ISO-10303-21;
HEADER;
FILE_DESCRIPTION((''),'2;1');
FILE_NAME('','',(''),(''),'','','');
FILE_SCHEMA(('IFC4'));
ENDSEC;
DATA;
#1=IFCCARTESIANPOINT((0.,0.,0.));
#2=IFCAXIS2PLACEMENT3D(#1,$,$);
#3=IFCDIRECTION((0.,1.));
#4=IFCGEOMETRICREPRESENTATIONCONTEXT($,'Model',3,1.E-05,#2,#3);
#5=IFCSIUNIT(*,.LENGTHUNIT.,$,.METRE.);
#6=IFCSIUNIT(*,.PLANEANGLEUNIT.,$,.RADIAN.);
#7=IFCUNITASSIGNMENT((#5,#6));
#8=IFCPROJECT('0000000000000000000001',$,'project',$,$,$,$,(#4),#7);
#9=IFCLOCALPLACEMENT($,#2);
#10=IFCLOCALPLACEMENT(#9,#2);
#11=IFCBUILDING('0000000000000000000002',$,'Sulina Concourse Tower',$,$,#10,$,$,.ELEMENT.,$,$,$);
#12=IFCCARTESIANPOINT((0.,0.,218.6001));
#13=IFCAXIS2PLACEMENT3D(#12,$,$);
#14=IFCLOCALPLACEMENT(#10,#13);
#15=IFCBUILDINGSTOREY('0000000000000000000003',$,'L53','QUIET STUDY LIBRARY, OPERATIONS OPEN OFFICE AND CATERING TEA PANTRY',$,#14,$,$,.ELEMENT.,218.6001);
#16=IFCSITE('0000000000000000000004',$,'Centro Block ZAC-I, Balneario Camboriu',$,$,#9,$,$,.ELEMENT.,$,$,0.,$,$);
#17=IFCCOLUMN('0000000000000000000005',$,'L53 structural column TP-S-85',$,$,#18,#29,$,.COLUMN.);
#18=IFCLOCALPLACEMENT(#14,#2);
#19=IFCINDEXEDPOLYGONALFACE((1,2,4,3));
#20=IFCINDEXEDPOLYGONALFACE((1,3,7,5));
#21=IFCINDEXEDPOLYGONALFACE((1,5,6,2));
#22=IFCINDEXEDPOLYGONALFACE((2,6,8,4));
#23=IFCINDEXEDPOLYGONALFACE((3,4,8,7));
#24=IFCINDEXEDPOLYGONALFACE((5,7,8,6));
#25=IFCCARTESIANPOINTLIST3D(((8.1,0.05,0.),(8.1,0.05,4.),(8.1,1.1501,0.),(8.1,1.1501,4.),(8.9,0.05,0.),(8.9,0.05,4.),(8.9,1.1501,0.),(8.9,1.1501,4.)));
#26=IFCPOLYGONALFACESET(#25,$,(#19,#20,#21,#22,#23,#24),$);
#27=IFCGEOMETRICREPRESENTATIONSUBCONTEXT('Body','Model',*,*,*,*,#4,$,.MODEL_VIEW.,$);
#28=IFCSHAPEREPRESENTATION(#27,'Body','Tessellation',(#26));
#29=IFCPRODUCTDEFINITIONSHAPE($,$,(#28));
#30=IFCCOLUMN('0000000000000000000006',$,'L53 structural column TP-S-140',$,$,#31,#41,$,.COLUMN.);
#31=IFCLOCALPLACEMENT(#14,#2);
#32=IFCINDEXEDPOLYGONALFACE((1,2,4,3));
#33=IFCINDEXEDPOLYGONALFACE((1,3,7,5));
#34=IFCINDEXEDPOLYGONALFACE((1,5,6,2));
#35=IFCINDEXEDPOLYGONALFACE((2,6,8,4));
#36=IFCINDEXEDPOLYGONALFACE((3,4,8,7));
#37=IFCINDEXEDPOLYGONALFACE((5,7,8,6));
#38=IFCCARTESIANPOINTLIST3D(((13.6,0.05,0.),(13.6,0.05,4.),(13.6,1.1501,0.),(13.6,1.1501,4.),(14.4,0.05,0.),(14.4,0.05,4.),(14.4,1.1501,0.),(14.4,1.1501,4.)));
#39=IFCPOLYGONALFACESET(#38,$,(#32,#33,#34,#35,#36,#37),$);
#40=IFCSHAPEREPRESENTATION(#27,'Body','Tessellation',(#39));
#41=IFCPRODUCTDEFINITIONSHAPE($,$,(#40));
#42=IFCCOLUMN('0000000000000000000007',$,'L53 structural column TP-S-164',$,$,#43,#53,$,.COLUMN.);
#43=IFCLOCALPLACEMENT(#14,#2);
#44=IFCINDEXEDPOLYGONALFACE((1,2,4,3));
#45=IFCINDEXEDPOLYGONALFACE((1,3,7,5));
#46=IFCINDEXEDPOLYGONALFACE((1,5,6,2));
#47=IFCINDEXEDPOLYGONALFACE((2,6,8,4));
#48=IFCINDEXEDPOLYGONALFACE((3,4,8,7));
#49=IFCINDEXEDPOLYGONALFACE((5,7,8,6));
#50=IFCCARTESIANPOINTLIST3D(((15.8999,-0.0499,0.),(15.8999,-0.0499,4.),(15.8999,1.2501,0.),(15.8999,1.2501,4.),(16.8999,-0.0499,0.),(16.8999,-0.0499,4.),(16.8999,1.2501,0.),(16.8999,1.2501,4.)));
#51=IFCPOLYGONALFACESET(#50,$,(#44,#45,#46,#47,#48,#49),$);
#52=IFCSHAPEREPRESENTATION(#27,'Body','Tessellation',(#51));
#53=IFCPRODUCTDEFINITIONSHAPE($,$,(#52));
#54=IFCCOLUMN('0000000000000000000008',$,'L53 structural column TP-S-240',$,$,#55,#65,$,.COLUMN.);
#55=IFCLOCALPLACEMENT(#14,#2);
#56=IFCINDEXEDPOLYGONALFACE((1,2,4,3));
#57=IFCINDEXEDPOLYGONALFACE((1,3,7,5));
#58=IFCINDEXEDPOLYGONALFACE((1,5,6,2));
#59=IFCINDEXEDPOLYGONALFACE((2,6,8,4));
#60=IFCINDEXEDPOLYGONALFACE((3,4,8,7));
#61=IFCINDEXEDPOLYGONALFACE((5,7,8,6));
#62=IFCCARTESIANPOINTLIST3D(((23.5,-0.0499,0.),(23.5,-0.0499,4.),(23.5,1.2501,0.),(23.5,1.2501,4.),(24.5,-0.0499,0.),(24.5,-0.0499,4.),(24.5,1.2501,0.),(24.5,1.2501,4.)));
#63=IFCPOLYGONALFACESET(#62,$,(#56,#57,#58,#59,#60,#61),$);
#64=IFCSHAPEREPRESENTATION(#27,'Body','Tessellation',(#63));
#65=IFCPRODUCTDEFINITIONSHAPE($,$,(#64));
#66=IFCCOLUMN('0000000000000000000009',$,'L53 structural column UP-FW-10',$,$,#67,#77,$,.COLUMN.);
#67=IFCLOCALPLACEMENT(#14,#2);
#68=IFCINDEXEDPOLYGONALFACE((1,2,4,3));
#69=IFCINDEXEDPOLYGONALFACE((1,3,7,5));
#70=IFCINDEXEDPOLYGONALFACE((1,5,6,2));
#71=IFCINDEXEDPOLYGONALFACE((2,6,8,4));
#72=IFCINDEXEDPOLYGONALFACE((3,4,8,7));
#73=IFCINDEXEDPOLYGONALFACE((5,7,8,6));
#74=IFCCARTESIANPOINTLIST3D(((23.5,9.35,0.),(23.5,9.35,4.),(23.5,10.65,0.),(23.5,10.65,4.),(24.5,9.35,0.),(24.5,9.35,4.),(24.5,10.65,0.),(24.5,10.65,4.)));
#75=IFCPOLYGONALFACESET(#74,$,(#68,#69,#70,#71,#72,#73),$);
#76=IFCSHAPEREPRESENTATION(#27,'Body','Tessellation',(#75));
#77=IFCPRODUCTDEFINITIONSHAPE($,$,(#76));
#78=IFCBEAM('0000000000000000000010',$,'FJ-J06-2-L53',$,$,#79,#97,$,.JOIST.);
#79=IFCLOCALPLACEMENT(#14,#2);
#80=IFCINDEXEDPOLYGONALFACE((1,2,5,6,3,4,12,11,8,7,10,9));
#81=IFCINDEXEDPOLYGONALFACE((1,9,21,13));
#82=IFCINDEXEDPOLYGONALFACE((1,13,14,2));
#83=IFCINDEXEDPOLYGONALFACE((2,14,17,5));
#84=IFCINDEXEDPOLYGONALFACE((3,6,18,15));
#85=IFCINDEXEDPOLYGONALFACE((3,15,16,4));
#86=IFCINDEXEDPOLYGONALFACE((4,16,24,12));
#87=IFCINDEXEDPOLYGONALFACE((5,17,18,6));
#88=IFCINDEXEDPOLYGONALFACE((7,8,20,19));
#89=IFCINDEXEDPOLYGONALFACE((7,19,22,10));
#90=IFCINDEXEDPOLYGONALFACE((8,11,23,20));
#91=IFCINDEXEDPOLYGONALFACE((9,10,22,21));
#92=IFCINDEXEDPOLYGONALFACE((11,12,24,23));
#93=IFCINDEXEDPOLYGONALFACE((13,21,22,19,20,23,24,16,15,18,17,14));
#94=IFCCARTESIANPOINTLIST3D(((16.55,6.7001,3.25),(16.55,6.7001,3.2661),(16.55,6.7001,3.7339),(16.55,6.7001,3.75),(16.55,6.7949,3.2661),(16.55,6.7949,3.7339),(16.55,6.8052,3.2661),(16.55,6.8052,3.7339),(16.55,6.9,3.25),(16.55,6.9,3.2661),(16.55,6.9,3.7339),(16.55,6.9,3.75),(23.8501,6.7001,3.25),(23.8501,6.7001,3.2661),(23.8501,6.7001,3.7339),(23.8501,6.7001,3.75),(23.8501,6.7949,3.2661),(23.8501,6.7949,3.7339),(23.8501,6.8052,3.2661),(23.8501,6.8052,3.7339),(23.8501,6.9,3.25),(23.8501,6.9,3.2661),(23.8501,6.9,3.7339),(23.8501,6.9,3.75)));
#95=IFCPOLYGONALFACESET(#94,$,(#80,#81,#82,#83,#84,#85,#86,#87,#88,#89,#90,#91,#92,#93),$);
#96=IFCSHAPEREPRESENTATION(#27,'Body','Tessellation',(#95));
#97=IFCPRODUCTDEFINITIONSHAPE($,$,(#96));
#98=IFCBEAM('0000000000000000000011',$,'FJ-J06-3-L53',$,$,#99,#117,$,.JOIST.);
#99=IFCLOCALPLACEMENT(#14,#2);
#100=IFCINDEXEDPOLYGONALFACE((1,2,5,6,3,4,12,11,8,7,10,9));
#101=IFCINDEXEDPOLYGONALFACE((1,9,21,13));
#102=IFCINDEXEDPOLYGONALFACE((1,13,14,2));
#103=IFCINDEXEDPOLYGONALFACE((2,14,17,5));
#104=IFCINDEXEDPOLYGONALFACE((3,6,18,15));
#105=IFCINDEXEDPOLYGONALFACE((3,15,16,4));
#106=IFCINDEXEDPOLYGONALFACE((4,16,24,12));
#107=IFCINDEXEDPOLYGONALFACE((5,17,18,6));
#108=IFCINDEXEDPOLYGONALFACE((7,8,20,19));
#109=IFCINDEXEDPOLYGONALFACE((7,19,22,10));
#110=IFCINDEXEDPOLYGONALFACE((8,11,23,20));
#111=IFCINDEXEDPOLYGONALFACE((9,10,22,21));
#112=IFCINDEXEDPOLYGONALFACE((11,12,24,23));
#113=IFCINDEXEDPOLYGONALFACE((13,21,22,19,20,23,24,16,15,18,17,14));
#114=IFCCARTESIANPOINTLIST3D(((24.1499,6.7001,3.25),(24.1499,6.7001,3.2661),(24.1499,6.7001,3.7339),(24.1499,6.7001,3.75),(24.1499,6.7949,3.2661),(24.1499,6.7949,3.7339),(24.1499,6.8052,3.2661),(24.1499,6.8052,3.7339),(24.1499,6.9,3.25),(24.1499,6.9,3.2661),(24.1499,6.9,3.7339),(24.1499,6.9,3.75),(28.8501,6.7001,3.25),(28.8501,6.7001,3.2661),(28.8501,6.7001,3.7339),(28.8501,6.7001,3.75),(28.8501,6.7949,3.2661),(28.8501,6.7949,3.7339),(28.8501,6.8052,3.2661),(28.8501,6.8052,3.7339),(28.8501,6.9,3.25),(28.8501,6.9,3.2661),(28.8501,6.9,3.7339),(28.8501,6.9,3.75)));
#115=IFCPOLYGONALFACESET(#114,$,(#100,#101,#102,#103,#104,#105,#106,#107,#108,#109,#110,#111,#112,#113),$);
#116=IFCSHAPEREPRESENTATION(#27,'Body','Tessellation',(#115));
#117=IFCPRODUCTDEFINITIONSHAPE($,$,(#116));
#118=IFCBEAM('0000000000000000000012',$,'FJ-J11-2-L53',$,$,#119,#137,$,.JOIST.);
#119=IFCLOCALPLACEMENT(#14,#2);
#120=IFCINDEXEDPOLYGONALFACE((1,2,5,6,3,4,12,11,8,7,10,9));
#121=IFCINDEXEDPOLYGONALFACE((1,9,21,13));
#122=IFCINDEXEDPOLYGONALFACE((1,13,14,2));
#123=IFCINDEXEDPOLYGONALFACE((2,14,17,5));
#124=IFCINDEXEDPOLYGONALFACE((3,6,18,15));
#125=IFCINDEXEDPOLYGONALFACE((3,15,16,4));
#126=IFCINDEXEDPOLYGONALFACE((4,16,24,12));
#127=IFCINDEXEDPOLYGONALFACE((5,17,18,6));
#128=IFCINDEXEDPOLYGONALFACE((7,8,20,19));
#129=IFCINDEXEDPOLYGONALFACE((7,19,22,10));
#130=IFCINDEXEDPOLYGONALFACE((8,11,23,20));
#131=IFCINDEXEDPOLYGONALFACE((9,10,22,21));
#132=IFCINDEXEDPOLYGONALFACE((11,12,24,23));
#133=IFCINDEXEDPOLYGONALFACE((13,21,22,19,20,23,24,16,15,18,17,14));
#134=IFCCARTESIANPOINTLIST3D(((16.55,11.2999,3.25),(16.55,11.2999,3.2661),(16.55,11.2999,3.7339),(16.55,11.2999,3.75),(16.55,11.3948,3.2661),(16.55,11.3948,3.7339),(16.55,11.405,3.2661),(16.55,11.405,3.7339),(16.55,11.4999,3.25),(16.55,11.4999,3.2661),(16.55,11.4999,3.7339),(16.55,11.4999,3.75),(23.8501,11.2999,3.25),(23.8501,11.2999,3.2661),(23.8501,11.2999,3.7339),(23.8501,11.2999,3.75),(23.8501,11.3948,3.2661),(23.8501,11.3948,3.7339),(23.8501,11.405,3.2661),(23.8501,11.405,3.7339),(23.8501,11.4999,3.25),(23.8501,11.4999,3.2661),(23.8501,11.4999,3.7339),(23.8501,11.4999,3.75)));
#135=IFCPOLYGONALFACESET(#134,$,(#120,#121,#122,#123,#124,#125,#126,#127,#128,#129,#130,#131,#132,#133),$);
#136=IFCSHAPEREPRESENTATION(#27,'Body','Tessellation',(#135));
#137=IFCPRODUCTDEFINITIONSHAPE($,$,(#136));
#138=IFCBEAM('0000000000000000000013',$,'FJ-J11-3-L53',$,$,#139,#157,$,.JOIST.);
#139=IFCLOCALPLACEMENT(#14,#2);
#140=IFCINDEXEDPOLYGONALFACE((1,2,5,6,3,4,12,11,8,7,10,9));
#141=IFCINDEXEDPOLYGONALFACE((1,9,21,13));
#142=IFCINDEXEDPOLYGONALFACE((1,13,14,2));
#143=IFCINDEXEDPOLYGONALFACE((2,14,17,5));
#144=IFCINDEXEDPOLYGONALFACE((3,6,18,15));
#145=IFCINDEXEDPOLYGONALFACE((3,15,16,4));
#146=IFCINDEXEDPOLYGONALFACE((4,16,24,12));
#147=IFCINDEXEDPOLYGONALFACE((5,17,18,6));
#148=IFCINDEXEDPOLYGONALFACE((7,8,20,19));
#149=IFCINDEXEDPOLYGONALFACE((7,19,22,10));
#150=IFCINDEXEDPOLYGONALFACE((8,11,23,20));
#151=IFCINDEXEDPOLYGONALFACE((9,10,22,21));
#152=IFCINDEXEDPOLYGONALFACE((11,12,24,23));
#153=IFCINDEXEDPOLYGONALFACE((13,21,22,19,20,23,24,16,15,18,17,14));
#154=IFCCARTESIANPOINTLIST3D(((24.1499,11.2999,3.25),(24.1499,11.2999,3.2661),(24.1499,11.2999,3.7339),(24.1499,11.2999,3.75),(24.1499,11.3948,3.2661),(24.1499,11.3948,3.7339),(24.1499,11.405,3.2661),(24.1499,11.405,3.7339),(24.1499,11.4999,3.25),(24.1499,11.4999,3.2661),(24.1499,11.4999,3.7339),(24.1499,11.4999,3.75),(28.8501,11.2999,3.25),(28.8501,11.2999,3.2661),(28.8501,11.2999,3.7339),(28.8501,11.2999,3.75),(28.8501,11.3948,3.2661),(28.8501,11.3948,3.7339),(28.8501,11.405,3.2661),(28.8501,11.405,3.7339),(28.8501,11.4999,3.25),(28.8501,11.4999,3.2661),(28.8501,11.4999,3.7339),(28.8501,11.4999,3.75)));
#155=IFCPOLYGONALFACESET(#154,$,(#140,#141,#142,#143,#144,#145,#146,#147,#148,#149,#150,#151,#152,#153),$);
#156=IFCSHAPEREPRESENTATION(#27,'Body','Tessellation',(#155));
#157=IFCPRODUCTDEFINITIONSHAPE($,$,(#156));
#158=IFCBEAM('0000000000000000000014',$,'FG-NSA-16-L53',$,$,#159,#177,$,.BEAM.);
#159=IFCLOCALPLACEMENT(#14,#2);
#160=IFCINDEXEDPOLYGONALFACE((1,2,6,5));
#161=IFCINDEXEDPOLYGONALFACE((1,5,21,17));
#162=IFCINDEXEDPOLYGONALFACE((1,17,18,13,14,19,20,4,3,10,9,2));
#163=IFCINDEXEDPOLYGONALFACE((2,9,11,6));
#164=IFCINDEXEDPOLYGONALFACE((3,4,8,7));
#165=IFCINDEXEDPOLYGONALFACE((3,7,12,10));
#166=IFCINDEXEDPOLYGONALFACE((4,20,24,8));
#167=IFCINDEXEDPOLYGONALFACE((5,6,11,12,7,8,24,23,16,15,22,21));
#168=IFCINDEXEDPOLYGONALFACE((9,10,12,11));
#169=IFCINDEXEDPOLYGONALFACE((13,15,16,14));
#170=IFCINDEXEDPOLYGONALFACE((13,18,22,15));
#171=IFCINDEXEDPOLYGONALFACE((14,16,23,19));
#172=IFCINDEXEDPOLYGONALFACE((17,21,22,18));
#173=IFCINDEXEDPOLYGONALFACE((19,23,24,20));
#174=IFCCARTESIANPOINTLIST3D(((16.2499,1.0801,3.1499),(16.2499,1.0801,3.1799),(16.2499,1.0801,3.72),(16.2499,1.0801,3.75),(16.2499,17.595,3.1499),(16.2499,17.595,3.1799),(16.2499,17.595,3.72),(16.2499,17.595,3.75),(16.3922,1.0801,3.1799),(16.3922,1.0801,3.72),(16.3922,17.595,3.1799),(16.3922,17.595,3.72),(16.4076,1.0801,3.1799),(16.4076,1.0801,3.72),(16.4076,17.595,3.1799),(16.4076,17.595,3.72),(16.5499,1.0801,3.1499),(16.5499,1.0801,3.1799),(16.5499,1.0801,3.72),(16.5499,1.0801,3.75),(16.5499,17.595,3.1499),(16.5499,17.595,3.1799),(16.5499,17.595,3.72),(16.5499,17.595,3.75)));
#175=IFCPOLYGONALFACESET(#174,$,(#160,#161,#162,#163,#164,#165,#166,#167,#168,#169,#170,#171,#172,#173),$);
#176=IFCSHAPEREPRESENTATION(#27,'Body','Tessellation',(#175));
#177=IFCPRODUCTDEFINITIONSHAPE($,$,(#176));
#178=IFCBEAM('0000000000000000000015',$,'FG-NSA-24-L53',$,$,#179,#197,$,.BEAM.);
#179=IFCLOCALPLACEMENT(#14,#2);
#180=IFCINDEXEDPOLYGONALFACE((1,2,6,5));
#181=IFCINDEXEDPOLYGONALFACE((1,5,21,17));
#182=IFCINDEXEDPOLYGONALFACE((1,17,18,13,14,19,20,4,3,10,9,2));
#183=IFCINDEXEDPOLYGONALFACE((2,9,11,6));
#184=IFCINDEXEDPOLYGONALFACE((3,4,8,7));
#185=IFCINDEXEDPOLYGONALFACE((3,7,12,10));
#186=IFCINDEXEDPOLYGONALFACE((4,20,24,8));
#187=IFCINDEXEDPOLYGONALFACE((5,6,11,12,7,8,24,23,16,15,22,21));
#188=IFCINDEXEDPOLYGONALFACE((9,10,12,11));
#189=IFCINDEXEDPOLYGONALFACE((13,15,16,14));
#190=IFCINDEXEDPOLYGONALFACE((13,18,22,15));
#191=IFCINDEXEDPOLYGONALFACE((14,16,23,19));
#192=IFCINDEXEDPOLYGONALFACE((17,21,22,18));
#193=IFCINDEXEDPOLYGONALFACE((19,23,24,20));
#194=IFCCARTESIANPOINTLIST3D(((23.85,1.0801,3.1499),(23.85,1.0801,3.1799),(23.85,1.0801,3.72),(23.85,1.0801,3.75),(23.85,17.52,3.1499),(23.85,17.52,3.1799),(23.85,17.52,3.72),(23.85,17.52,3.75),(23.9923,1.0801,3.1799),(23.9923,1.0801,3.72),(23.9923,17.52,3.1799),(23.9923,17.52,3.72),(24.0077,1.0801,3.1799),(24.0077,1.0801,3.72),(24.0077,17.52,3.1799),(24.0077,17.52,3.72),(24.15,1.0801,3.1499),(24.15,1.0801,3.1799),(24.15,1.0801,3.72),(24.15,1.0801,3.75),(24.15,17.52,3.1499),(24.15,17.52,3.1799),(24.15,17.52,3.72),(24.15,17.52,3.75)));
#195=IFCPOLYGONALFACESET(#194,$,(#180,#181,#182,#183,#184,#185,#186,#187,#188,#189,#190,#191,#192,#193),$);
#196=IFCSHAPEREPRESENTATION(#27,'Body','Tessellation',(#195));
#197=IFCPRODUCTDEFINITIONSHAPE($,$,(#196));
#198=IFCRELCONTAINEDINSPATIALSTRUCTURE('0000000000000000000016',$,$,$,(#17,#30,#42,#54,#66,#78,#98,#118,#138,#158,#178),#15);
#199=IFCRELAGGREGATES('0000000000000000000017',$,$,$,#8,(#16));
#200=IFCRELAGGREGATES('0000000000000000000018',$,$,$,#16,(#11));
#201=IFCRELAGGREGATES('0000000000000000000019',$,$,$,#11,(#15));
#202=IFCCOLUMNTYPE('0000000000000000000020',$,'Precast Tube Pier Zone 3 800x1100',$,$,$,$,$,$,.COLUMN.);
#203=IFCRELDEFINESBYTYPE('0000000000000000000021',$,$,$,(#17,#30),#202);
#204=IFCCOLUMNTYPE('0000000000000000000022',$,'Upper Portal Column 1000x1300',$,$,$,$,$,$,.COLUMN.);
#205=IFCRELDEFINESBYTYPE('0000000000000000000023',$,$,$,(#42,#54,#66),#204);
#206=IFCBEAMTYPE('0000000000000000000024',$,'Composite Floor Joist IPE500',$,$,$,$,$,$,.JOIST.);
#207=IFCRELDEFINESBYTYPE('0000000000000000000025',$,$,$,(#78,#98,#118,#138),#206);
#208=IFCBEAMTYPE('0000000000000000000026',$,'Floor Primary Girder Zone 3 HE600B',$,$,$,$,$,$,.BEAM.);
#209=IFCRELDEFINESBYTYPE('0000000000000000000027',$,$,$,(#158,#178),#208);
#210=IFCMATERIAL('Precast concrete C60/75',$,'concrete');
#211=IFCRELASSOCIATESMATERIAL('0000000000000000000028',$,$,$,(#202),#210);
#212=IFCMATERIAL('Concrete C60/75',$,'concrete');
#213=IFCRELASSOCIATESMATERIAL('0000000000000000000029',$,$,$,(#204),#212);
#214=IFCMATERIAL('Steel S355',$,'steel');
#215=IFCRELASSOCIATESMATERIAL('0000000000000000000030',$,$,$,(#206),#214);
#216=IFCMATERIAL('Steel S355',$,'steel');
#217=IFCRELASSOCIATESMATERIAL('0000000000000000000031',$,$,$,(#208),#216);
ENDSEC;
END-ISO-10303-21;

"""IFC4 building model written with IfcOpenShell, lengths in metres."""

from ifc_helpers import new_model, si_unit, direction, frame, origin, origin_2d, place, context, subcontext, project, spatial, rectangle, i_section, extrude, material, material_profile, profile_set, type_object, element, save


model = new_model("IFC4")

# Units and contexts
model_context = context("Model", 3, precision=1e-05, world=origin(), true_north=direction((0.0, 1.0)))
body_context = subcontext(model_context, "Body", "Model", "MODEL_VIEW")
ifc_project = project(units=[si_unit("LENGTHUNIT", "METRE"), si_unit("PLANEANGLEUNIT", "RADIAN")], contexts=[model_context])

# Site, building, storey
site_placement = place(None, origin())
site = spatial("IfcSite", under=ifc_project, at=site_placement, Name="Centro Block ZAC-I, Balneario Camboriu", CompositionType="ELEMENT", RefElevation=0.0)
building_placement = place(site_placement, origin())
building = spatial("IfcBuilding", under=site, at=building_placement, Name="Sulina Concourse Tower", CompositionType="ELEMENT")
storey_placement = place(building_placement, frame((0.0, 0.0, 218.6001)))
storey = spatial("IfcBuildingStorey", under=building, at=storey_placement, Name="L53", Description="QUIET STUDY LIBRARY, OPERATIONS OPEN OFFICE AND CATERING TEA PANTRY", CompositionType="ELEMENT", Elevation=218.6001)

# Columns
ifc_material_1 = material(Name="Precast concrete C60/75", Category="concrete")
ifc_material_profile_1 = material_profile(ifc_material_1, rectangle(XDim=0.8, YDim=1.1001, at=origin_2d()), Name="PC 800x1100")
ifc_profile_set_1 = profile_set([ifc_material_profile_1], Name="Precast concrete C60/75")
column_type_1 = type_object("IfcColumnType", Name="Precast Tube Pier Zone 3 800x1100", PredefinedType="COLUMN", material=ifc_profile_set_1)
for number, where, z_axis, x_axis, name in (
    (1, (8.5, 0.6001, 0.0), (0.0, 0.0, 1.0), (1.0, 0.0, 0.0), "L53 structural column TP-S-85"),
    (2, (14.0, 0.6001, 0.0), (0.0, 0.0, 1.0), (1.0, 0.0, 0.0), "L53 structural column TP-S-140"),
):
    element("IfcColumn", number, at=place(storey_placement, frame(where, z_axis=z_axis, x_axis=x_axis)), inside=storey, type_object=column_type_1, Name=name, PredefinedType="COLUMN", context=body_context, shape_type="SweptSolid", body=[
        extrude(rectangle(XDim=0.8, YDim=1.1001, at=origin_2d()), origin(), (0.0, 0.0, 1.0), 4.0),
    ])
ifc_material_2 = material(Name="Concrete C60/75", Category="concrete")
ifc_material_profile_2 = material_profile(ifc_material_2, rectangle(XDim=1.0, YDim=1.3, at=origin_2d()), Name="RC 1000x1300")
ifc_profile_set_2 = profile_set([ifc_material_profile_2], Name="Concrete C60/75")
column_type_2 = type_object("IfcColumnType", Name="Upper Portal Column 1000x1300", PredefinedType="COLUMN", material=ifc_profile_set_2)
for number, where, z_axis, x_axis, name in (
    (3, (16.3999, 0.6001, 0.0), (0.0, 0.0, 1.0), (1.0, 0.0, 0.0), "L53 structural column TP-S-164"),
    (4, (24.0, 0.6001, 0.0), (0.0, 0.0, 1.0), (1.0, 0.0, 0.0), "L53 structural column TP-S-240"),
    (5, (24.0, 10.0, 0.0), (0.0, 0.0, 1.0), (1.0, 0.0, 0.0), "L53 structural column UP-FW-10"),
):
    element("IfcColumn", number, at=place(storey_placement, frame(where, z_axis=z_axis, x_axis=x_axis)), inside=storey, type_object=column_type_2, Name=name, PredefinedType="COLUMN", context=body_context, shape_type="SweptSolid", body=[
        extrude(rectangle(XDim=1.0, YDim=1.3, at=origin_2d()), origin(), (0.0, 0.0, 1.0), 4.0),
    ])

# Beams
ifc_material_3 = material(Name="Steel S355", Category="steel")
ifc_material_profile_3 = material_profile(ifc_material_3, i_section(OverallWidth=0.2, OverallDepth=0.5, WebThickness=0.0103, FlangeThickness=0.0161, at=origin_2d()), Name="IPE 500")
ifc_profile_set_3 = profile_set([ifc_material_profile_3], Name="Steel S355")
beam_type_1 = type_object("IfcBeamType", Name="Composite Floor Joist IPE500", PredefinedType="JOIST", material=ifc_profile_set_3)
beam_1_placement = place(storey_placement, frame((16.55, 6.8, 3.5), z_axis=(1.0, 0.0, 0.0), x_axis=(0.0, 1.0, 0.0)))
element("IfcBeam", 6, at=beam_1_placement, inside=storey, type_object=beam_type_1, Name="FJ-J06-2-L53", PredefinedType="JOIST", context=body_context, shape_type="SweptSolid", body=[
    extrude(i_section(OverallWidth=0.2, OverallDepth=0.5, WebThickness=0.0103, FlangeThickness=0.0161, at=origin_2d()), origin(), (0.0, 0.0, 1.0), 7.3),
])
beam_2_placement = place(storey_placement, frame((24.1499, 6.8, 3.5), z_axis=(1.0, 0.0, 0.0), x_axis=(0.0, 1.0, 0.0)))
element("IfcBeam", 7, at=beam_2_placement, inside=storey, type_object=beam_type_1, Name="FJ-J06-3-L53", PredefinedType="JOIST", context=body_context, shape_type="SweptSolid", body=[
    extrude(i_section(OverallWidth=0.2, OverallDepth=0.5, WebThickness=0.0103, FlangeThickness=0.0161, at=origin_2d()), origin(), (0.0, 0.0, 1.0), 4.7002),
])
beam_3_placement = place(storey_placement, frame((16.55, 11.3999, 3.5), z_axis=(1.0, 0.0, 0.0), x_axis=(0.0, 1.0, 0.0)))
element("IfcBeam", 8, at=beam_3_placement, inside=storey, type_object=beam_type_1, Name="FJ-J11-2-L53", PredefinedType="JOIST", context=body_context, shape_type="SweptSolid", body=[
    extrude(i_section(OverallWidth=0.2, OverallDepth=0.5, WebThickness=0.0103, FlangeThickness=0.0161, at=origin_2d()), origin(), (0.0, 0.0, 1.0), 7.3),
])
beam_4_placement = place(storey_placement, frame((24.1499, 11.3999, 3.5), z_axis=(1.0, 0.0, 0.0), x_axis=(0.0, 1.0, 0.0)))
element("IfcBeam", 9, at=beam_4_placement, inside=storey, type_object=beam_type_1, Name="FJ-J11-3-L53", PredefinedType="JOIST", context=body_context, shape_type="SweptSolid", body=[
    extrude(i_section(OverallWidth=0.2, OverallDepth=0.5, WebThickness=0.0103, FlangeThickness=0.0161, at=origin_2d()), origin(), (0.0, 0.0, 1.0), 4.7002),
])
ifc_material_4 = material(Name="Steel S355", Category="steel")
ifc_material_profile_4 = material_profile(ifc_material_4, i_section(OverallWidth=0.3, OverallDepth=0.6001, WebThickness=0.0154, FlangeThickness=0.03, at=origin_2d()), Name="HE 600 B")
ifc_profile_set_4 = profile_set([ifc_material_profile_4], Name="Steel S355")
beam_type_2 = type_object("IfcBeamType", Name="Floor Primary Girder Zone 3 HE600B", PredefinedType="BEAM", material=ifc_profile_set_4)
beam_5_placement = place(storey_placement, frame((16.3999, 1.0801, 3.45), z_axis=(0.0, 1.0, 0.0), x_axis=(-1.0, 0.0, 0.0)))
element("IfcBeam", 10, at=beam_5_placement, inside=storey, type_object=beam_type_2, Name="FG-NSA-16-L53", PredefinedType="BEAM", context=body_context, shape_type="SweptSolid", body=[
    extrude(i_section(OverallWidth=0.3, OverallDepth=0.6001, WebThickness=0.0154, FlangeThickness=0.03, at=origin_2d()), origin(), (0.0, 0.0, 1.0), 16.5149),
])
beam_6_placement = place(storey_placement, frame((24.0, 1.0801, 3.45), z_axis=(0.0, 1.0, 0.0), x_axis=(-1.0, 0.0, 0.0)))
element("IfcBeam", 11, at=beam_6_placement, inside=storey, type_object=beam_type_2, Name="FG-NSA-24-L53", PredefinedType="BEAM", context=body_context, shape_type="SweptSolid", body=[
    extrude(i_section(OverallWidth=0.3, OverallDepth=0.6001, WebThickness=0.0154, FlangeThickness=0.03, at=origin_2d()), origin(), (0.0, 0.0, 1.0), 16.4399),
])

save(model, "model.ifc")
